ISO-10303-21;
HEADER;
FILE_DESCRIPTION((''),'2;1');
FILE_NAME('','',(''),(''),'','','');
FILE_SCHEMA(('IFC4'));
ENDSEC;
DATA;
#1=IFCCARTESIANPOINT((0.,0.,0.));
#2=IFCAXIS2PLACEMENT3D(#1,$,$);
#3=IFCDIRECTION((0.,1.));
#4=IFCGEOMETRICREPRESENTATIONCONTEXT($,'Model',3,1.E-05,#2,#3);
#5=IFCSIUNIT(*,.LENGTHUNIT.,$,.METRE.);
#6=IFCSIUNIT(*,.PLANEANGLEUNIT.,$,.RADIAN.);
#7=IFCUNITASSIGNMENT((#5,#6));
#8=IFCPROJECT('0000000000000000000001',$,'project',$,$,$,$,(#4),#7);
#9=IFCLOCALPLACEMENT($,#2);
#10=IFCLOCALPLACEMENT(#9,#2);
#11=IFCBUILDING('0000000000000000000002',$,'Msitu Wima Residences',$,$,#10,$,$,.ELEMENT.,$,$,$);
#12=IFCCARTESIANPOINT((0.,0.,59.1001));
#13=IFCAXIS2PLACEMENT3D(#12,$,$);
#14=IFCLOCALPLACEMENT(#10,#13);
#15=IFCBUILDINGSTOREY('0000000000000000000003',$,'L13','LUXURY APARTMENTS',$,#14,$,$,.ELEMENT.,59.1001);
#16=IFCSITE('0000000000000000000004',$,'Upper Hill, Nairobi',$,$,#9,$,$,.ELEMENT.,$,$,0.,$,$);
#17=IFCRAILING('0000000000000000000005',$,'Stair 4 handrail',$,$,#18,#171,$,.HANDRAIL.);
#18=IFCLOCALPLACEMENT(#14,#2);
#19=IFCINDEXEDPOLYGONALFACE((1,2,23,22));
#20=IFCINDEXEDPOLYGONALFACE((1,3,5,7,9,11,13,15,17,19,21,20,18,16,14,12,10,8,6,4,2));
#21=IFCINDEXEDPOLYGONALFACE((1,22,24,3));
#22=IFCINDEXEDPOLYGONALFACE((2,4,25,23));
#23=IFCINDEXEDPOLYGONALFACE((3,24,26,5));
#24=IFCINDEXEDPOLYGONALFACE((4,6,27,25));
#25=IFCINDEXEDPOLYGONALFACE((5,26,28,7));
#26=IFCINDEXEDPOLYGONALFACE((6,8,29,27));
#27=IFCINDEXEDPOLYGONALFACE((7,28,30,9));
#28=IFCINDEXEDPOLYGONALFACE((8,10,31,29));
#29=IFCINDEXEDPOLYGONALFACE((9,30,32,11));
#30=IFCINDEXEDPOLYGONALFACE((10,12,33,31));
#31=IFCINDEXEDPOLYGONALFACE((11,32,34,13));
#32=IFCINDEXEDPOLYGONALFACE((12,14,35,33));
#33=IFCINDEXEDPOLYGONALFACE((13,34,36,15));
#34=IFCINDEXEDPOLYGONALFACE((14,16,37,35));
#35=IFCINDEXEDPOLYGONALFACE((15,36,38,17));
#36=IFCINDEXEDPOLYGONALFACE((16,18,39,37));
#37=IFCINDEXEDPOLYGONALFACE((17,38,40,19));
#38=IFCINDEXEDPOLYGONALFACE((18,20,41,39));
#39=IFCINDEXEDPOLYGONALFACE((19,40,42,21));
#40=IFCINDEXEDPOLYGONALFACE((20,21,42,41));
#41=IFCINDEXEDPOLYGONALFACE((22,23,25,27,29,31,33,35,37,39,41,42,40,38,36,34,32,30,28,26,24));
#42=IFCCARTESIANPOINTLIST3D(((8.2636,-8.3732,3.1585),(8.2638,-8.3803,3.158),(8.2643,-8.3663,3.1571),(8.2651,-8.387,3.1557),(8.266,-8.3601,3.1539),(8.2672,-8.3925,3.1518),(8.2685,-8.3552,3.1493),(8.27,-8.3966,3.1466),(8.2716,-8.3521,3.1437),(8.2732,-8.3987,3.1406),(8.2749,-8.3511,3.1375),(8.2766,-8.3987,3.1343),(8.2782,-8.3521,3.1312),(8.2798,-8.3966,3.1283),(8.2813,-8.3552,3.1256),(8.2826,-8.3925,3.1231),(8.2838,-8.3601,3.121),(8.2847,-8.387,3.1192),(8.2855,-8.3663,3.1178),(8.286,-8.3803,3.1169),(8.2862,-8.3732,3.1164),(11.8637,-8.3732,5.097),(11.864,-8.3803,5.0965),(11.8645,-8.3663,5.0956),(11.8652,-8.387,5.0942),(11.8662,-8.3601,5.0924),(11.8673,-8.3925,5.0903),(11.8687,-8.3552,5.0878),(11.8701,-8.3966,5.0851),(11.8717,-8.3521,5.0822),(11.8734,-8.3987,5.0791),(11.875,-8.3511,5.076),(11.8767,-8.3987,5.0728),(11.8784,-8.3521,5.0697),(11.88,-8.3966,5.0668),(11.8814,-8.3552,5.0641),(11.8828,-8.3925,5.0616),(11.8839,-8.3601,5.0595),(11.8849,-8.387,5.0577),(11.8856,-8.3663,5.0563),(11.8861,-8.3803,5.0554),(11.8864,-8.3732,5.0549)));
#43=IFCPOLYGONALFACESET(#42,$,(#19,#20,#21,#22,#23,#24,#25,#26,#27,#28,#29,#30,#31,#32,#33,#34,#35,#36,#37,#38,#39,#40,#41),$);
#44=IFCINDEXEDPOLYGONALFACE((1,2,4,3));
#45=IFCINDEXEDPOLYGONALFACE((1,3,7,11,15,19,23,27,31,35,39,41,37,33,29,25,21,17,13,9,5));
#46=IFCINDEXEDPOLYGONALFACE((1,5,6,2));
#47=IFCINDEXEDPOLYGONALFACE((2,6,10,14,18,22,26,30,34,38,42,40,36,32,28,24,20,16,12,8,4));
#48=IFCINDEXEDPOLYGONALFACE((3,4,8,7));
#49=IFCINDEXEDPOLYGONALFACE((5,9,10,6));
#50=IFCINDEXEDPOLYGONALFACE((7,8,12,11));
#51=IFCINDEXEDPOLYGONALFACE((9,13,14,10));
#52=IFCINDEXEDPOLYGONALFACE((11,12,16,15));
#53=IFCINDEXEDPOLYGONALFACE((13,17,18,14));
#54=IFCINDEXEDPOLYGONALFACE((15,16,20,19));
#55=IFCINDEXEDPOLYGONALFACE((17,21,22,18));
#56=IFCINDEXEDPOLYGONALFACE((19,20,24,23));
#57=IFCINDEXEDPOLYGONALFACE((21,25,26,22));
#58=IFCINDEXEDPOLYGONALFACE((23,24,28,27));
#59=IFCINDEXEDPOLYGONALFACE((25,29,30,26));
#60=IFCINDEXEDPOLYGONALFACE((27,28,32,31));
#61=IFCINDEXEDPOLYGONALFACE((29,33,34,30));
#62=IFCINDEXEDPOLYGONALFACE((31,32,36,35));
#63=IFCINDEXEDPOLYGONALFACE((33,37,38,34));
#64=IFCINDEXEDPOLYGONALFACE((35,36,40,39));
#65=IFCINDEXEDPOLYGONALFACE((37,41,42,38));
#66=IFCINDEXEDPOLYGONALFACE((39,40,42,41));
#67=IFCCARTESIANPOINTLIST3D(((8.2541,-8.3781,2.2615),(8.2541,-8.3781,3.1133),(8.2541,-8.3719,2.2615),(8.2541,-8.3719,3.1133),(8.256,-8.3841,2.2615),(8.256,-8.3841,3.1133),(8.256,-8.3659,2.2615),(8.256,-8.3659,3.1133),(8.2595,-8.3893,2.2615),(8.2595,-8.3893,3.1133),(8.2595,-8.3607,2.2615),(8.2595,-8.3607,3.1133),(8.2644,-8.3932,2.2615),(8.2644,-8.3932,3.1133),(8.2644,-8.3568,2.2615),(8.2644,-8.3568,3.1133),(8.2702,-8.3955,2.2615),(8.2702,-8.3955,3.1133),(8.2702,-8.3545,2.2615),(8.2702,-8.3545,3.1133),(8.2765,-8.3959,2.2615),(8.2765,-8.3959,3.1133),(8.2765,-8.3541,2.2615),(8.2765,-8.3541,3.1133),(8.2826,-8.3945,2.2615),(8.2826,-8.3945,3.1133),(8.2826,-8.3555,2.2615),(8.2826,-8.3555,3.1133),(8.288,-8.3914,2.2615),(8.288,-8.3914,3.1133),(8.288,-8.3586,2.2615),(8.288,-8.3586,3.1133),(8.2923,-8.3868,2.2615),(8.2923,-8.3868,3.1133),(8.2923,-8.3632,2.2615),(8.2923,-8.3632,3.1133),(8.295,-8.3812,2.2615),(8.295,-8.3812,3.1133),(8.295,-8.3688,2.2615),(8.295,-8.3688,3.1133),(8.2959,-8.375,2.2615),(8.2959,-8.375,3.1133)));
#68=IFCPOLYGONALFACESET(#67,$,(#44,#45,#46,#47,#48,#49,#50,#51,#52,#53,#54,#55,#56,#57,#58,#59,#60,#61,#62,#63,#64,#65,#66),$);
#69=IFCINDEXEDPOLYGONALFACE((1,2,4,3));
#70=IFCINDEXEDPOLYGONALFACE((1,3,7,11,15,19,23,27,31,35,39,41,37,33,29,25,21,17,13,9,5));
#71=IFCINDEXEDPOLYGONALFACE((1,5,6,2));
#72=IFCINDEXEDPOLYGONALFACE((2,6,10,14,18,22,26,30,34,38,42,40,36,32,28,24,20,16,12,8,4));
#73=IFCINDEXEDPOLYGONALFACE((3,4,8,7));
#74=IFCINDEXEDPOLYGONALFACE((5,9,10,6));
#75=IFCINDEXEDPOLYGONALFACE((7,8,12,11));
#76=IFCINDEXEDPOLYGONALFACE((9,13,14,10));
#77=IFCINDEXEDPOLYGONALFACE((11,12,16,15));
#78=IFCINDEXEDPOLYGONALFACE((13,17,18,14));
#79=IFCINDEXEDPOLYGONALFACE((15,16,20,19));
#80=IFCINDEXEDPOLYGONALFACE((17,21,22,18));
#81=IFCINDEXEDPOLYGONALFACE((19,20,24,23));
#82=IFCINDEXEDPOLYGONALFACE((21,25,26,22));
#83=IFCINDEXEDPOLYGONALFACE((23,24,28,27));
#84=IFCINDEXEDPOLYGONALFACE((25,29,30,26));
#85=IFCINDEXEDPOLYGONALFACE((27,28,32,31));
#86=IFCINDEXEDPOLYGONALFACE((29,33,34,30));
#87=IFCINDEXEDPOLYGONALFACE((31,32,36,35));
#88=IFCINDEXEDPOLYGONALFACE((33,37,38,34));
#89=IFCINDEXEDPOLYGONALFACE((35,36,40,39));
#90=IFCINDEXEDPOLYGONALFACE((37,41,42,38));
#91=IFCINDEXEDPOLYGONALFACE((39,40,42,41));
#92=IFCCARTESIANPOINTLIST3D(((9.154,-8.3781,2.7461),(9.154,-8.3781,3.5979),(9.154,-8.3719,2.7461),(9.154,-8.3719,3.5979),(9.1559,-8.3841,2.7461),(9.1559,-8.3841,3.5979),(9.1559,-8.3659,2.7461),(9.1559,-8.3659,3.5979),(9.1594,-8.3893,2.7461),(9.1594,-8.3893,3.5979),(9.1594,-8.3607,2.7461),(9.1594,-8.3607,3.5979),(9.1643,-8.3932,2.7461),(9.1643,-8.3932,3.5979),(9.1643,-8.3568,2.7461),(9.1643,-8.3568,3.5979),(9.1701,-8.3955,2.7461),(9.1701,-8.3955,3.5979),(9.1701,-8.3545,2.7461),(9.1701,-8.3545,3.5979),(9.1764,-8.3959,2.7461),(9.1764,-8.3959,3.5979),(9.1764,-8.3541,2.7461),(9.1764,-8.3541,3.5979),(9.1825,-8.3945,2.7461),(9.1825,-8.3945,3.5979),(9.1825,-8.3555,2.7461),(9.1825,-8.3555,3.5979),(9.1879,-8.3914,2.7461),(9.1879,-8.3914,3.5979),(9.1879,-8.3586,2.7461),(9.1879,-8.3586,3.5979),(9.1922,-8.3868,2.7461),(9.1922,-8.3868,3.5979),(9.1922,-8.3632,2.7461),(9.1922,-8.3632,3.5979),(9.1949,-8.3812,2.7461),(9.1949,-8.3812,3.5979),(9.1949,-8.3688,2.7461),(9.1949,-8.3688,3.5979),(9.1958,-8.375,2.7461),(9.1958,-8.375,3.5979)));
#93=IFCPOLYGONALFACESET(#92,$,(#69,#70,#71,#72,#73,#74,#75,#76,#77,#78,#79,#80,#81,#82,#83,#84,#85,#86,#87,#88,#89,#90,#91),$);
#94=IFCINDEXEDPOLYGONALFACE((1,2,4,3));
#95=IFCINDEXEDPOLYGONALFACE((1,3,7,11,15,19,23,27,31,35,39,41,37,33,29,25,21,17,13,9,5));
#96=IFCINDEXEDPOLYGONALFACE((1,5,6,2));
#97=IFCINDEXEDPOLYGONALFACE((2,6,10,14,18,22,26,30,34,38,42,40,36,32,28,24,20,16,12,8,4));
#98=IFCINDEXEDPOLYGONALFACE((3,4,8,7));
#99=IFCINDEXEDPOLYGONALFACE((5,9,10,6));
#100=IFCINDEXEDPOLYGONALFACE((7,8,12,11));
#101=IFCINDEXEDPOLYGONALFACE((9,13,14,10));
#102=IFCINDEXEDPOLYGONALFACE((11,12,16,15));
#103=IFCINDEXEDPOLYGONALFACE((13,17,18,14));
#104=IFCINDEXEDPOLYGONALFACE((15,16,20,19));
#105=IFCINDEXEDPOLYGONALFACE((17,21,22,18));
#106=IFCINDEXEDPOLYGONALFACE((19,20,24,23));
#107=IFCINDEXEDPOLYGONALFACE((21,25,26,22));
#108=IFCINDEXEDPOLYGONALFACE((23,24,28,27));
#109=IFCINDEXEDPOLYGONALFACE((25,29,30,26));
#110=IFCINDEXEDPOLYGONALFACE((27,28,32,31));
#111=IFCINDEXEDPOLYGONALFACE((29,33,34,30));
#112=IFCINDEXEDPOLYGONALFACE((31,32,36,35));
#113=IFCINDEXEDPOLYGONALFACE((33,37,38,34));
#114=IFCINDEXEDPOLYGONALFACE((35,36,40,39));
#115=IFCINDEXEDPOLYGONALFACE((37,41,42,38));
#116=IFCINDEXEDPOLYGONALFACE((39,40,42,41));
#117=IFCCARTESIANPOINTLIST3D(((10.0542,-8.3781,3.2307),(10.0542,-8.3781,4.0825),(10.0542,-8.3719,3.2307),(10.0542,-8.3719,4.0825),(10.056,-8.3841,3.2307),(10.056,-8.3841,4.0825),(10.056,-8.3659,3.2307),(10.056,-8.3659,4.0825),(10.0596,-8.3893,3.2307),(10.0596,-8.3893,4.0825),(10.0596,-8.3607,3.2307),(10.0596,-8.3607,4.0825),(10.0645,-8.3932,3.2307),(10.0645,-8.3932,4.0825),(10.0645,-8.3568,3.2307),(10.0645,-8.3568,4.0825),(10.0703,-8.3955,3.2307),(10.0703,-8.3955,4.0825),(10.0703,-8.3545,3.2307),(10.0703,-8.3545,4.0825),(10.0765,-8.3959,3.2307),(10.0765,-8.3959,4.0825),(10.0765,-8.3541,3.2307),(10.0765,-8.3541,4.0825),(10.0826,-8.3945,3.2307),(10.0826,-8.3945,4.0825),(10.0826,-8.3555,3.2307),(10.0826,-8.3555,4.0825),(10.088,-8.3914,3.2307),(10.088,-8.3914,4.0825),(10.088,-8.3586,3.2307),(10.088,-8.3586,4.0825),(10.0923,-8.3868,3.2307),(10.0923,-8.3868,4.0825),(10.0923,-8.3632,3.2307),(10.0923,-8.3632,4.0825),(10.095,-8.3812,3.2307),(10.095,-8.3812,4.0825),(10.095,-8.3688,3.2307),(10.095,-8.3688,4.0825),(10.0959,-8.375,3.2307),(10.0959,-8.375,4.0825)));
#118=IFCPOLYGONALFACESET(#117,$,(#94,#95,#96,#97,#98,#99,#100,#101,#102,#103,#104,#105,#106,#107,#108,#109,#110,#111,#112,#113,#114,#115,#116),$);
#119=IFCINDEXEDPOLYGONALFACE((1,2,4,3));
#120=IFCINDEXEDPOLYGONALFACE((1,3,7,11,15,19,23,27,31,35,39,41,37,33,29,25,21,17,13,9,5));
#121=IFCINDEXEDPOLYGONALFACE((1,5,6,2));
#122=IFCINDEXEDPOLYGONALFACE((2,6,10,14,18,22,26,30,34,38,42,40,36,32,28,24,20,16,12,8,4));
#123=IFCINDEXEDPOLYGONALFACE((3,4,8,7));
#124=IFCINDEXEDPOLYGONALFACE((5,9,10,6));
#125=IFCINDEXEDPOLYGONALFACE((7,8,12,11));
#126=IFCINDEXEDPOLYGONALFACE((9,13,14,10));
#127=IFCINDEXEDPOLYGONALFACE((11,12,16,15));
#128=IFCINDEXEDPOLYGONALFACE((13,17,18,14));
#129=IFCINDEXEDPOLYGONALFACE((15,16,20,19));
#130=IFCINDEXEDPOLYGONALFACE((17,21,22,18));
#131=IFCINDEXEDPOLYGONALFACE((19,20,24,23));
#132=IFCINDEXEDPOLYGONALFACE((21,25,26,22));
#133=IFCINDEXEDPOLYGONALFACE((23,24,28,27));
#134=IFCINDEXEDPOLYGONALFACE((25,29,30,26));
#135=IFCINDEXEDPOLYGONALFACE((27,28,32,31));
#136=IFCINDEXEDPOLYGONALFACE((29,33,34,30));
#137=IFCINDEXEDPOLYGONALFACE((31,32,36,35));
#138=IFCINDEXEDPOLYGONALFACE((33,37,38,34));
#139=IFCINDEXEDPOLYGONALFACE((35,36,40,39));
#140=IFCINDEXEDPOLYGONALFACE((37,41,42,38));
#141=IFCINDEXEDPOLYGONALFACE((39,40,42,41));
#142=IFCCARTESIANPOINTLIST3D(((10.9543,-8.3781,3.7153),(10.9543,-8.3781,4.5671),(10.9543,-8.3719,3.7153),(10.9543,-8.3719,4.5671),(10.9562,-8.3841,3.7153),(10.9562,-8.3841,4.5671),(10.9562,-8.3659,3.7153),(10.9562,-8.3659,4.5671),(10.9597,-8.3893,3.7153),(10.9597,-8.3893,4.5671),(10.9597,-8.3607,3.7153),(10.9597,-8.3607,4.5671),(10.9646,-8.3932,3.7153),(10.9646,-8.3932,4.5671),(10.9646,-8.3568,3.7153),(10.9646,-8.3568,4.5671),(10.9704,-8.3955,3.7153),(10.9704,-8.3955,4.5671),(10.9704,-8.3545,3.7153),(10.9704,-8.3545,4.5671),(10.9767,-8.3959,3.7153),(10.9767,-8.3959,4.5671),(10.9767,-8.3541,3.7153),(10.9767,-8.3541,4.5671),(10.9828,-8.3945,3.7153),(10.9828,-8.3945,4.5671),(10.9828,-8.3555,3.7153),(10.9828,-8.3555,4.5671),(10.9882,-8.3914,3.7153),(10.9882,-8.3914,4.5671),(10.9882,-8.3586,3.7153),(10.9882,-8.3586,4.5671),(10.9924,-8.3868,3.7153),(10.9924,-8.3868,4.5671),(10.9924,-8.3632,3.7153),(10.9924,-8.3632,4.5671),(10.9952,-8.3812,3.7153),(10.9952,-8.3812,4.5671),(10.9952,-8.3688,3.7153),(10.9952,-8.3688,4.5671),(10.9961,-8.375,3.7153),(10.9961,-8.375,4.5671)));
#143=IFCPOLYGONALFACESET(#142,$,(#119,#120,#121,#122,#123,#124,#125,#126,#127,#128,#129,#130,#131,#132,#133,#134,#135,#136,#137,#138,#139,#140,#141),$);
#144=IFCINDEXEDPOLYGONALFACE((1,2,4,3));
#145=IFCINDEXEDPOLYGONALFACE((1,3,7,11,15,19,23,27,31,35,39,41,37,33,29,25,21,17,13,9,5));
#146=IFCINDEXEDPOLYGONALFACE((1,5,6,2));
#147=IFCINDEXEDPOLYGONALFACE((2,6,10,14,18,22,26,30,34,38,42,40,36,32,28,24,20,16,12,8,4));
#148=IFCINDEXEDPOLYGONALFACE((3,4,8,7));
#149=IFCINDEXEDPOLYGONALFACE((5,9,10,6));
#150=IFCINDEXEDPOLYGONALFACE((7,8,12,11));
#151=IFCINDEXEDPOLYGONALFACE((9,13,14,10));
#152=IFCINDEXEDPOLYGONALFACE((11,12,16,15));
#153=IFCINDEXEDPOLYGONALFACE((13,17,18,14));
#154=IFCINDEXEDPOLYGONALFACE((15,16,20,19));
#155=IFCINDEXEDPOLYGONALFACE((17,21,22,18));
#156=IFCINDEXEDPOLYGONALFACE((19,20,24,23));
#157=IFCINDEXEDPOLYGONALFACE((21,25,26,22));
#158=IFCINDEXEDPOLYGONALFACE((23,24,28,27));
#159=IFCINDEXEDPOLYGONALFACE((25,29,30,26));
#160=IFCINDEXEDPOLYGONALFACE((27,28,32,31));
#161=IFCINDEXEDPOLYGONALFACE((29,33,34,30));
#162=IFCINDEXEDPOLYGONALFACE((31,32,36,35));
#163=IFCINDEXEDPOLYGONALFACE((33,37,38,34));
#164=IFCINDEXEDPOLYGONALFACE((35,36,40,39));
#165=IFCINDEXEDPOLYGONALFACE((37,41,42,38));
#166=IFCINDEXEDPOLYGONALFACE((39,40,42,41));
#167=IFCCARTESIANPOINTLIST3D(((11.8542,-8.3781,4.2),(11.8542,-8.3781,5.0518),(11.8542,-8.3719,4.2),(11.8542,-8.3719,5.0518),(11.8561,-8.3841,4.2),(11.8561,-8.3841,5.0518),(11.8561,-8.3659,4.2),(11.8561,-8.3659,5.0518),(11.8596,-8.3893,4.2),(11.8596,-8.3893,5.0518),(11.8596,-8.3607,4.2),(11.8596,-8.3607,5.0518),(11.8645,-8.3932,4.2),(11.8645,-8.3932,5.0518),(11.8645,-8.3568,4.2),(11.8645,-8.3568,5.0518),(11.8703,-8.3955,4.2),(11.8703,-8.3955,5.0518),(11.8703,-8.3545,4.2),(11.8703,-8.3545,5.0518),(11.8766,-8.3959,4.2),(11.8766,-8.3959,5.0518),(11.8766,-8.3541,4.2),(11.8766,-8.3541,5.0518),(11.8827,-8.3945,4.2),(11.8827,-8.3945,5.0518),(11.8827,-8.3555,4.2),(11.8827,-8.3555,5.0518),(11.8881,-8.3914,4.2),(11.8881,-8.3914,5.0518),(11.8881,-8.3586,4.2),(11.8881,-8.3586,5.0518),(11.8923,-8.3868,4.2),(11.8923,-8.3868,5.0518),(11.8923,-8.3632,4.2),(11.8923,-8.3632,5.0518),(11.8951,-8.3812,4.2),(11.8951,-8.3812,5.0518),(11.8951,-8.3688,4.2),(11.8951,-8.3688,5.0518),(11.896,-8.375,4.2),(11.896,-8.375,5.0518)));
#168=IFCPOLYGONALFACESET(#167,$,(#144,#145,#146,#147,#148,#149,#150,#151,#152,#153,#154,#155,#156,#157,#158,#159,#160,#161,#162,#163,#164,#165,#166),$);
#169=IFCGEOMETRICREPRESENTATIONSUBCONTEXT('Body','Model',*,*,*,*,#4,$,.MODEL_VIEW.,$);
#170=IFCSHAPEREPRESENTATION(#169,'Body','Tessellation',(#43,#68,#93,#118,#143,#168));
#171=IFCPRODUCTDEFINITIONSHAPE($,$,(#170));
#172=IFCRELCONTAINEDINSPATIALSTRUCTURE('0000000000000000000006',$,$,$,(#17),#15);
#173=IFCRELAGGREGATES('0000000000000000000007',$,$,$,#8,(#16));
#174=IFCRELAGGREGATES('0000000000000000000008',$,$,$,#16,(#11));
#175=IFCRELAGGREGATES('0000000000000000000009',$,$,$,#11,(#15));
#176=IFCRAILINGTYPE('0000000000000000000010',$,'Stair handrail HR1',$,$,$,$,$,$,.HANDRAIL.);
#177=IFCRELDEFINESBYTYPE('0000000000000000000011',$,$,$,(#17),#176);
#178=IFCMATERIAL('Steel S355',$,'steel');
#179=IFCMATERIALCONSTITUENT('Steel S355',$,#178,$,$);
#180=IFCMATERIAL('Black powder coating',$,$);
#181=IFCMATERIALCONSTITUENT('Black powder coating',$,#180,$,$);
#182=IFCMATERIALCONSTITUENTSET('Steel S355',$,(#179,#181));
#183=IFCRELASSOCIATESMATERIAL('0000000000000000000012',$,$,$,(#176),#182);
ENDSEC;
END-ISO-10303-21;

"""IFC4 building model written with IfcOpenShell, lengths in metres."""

from ifc_helpers import new_model, si_unit, direction, frame, origin, origin_2d, place, context, subcontext, project, spatial, circle, extrude, material, constituent, constituent_set, type_object, element, save


model = new_model("IFC4")

# Units and contexts
model_context = context("Model", 3, precision=1e-05, world=origin(), true_north=direction((0.0, 1.0)))
body_context = subcontext(model_context, "Body", "Model", "MODEL_VIEW")
ifc_project = project(units=[si_unit("LENGTHUNIT", "METRE"), si_unit("PLANEANGLEUNIT", "RADIAN")], contexts=[model_context])

# Site, building, storey
site_placement = place(None, origin())
site = spatial("IfcSite", under=ifc_project, at=site_placement, Name="Upper Hill, Nairobi", CompositionType="ELEMENT", RefElevation=0.0)
building_placement = place(site_placement, origin())
building = spatial("IfcBuilding", under=site, at=building_placement, Name="Msitu Wima Residences", CompositionType="ELEMENT")
storey_placement = place(building_placement, frame((0.0, 0.0, 59.1001)))
storey = spatial("IfcBuildingStorey", under=building, at=storey_placement, Name="L13", Description="LUXURY APARTMENTS", CompositionType="ELEMENT", Elevation=59.1001)

# Railing
ifc_material_1 = material(Name="Steel S355", Category="steel")
ifc_constituent_1 = constituent(ifc_material_1, Name="Steel S355")
ifc_material_2 = material(Name="Black powder coating")
ifc_constituent_2 = constituent(ifc_material_2, Name="Black powder coating")
ifc_constituent_set = constituent_set(constituents=[ifc_constituent_1, ifc_constituent_2], Name="Steel S355")
railing_type = type_object("IfcRailingType", Name="Stair handrail HR1", PredefinedType="HANDRAIL", material=ifc_constituent_set)
for number, where, name in (
    (1, (8.2749, -8.375, 2.2615), "Stair 4 handrail"),
):
    element("IfcRailing", number, at=place(storey_placement, frame(where)), inside=storey, type_object=railing_type, Name=name, PredefinedType="HANDRAIL", context=body_context, shape_type="SweptSolid", body=[
        extrude(circle(Radius=0.0239, at=origin_2d()), frame((0.0, 0.0, 0.876), z_axis=(0.880475, 0.0, 0.474093), x_axis=(0.0, 1.0, 0.0)), (0.0, 0.0, 1.0), 4.0889),
        extrude(circle(Radius=0.021, at=origin_2d()), origin(), (0.0, 0.0, 1.0), 0.8518),
        extrude(circle(Radius=0.021, at=origin_2d()), frame((0.8999, 0.0, 0.4846)), (0.0, 0.0, 1.0), 0.8518),
        extrude(circle(Radius=0.021, at=origin_2d()), frame((1.8, 0.0, 0.9692)), (0.0, 0.0, 1.0), 0.8518),
        extrude(circle(Radius=0.021, at=origin_2d()), frame((2.7002, 0.0, 1.4539)), (0.0, 0.0, 1.0), 0.8518),
        extrude(circle(Radius=0.021, at=origin_2d()), frame((3.6001, 0.0, 1.9385)), (0.0, 0.0, 1.0), 0.8518),
    ])

save(model, "model.ifc")
